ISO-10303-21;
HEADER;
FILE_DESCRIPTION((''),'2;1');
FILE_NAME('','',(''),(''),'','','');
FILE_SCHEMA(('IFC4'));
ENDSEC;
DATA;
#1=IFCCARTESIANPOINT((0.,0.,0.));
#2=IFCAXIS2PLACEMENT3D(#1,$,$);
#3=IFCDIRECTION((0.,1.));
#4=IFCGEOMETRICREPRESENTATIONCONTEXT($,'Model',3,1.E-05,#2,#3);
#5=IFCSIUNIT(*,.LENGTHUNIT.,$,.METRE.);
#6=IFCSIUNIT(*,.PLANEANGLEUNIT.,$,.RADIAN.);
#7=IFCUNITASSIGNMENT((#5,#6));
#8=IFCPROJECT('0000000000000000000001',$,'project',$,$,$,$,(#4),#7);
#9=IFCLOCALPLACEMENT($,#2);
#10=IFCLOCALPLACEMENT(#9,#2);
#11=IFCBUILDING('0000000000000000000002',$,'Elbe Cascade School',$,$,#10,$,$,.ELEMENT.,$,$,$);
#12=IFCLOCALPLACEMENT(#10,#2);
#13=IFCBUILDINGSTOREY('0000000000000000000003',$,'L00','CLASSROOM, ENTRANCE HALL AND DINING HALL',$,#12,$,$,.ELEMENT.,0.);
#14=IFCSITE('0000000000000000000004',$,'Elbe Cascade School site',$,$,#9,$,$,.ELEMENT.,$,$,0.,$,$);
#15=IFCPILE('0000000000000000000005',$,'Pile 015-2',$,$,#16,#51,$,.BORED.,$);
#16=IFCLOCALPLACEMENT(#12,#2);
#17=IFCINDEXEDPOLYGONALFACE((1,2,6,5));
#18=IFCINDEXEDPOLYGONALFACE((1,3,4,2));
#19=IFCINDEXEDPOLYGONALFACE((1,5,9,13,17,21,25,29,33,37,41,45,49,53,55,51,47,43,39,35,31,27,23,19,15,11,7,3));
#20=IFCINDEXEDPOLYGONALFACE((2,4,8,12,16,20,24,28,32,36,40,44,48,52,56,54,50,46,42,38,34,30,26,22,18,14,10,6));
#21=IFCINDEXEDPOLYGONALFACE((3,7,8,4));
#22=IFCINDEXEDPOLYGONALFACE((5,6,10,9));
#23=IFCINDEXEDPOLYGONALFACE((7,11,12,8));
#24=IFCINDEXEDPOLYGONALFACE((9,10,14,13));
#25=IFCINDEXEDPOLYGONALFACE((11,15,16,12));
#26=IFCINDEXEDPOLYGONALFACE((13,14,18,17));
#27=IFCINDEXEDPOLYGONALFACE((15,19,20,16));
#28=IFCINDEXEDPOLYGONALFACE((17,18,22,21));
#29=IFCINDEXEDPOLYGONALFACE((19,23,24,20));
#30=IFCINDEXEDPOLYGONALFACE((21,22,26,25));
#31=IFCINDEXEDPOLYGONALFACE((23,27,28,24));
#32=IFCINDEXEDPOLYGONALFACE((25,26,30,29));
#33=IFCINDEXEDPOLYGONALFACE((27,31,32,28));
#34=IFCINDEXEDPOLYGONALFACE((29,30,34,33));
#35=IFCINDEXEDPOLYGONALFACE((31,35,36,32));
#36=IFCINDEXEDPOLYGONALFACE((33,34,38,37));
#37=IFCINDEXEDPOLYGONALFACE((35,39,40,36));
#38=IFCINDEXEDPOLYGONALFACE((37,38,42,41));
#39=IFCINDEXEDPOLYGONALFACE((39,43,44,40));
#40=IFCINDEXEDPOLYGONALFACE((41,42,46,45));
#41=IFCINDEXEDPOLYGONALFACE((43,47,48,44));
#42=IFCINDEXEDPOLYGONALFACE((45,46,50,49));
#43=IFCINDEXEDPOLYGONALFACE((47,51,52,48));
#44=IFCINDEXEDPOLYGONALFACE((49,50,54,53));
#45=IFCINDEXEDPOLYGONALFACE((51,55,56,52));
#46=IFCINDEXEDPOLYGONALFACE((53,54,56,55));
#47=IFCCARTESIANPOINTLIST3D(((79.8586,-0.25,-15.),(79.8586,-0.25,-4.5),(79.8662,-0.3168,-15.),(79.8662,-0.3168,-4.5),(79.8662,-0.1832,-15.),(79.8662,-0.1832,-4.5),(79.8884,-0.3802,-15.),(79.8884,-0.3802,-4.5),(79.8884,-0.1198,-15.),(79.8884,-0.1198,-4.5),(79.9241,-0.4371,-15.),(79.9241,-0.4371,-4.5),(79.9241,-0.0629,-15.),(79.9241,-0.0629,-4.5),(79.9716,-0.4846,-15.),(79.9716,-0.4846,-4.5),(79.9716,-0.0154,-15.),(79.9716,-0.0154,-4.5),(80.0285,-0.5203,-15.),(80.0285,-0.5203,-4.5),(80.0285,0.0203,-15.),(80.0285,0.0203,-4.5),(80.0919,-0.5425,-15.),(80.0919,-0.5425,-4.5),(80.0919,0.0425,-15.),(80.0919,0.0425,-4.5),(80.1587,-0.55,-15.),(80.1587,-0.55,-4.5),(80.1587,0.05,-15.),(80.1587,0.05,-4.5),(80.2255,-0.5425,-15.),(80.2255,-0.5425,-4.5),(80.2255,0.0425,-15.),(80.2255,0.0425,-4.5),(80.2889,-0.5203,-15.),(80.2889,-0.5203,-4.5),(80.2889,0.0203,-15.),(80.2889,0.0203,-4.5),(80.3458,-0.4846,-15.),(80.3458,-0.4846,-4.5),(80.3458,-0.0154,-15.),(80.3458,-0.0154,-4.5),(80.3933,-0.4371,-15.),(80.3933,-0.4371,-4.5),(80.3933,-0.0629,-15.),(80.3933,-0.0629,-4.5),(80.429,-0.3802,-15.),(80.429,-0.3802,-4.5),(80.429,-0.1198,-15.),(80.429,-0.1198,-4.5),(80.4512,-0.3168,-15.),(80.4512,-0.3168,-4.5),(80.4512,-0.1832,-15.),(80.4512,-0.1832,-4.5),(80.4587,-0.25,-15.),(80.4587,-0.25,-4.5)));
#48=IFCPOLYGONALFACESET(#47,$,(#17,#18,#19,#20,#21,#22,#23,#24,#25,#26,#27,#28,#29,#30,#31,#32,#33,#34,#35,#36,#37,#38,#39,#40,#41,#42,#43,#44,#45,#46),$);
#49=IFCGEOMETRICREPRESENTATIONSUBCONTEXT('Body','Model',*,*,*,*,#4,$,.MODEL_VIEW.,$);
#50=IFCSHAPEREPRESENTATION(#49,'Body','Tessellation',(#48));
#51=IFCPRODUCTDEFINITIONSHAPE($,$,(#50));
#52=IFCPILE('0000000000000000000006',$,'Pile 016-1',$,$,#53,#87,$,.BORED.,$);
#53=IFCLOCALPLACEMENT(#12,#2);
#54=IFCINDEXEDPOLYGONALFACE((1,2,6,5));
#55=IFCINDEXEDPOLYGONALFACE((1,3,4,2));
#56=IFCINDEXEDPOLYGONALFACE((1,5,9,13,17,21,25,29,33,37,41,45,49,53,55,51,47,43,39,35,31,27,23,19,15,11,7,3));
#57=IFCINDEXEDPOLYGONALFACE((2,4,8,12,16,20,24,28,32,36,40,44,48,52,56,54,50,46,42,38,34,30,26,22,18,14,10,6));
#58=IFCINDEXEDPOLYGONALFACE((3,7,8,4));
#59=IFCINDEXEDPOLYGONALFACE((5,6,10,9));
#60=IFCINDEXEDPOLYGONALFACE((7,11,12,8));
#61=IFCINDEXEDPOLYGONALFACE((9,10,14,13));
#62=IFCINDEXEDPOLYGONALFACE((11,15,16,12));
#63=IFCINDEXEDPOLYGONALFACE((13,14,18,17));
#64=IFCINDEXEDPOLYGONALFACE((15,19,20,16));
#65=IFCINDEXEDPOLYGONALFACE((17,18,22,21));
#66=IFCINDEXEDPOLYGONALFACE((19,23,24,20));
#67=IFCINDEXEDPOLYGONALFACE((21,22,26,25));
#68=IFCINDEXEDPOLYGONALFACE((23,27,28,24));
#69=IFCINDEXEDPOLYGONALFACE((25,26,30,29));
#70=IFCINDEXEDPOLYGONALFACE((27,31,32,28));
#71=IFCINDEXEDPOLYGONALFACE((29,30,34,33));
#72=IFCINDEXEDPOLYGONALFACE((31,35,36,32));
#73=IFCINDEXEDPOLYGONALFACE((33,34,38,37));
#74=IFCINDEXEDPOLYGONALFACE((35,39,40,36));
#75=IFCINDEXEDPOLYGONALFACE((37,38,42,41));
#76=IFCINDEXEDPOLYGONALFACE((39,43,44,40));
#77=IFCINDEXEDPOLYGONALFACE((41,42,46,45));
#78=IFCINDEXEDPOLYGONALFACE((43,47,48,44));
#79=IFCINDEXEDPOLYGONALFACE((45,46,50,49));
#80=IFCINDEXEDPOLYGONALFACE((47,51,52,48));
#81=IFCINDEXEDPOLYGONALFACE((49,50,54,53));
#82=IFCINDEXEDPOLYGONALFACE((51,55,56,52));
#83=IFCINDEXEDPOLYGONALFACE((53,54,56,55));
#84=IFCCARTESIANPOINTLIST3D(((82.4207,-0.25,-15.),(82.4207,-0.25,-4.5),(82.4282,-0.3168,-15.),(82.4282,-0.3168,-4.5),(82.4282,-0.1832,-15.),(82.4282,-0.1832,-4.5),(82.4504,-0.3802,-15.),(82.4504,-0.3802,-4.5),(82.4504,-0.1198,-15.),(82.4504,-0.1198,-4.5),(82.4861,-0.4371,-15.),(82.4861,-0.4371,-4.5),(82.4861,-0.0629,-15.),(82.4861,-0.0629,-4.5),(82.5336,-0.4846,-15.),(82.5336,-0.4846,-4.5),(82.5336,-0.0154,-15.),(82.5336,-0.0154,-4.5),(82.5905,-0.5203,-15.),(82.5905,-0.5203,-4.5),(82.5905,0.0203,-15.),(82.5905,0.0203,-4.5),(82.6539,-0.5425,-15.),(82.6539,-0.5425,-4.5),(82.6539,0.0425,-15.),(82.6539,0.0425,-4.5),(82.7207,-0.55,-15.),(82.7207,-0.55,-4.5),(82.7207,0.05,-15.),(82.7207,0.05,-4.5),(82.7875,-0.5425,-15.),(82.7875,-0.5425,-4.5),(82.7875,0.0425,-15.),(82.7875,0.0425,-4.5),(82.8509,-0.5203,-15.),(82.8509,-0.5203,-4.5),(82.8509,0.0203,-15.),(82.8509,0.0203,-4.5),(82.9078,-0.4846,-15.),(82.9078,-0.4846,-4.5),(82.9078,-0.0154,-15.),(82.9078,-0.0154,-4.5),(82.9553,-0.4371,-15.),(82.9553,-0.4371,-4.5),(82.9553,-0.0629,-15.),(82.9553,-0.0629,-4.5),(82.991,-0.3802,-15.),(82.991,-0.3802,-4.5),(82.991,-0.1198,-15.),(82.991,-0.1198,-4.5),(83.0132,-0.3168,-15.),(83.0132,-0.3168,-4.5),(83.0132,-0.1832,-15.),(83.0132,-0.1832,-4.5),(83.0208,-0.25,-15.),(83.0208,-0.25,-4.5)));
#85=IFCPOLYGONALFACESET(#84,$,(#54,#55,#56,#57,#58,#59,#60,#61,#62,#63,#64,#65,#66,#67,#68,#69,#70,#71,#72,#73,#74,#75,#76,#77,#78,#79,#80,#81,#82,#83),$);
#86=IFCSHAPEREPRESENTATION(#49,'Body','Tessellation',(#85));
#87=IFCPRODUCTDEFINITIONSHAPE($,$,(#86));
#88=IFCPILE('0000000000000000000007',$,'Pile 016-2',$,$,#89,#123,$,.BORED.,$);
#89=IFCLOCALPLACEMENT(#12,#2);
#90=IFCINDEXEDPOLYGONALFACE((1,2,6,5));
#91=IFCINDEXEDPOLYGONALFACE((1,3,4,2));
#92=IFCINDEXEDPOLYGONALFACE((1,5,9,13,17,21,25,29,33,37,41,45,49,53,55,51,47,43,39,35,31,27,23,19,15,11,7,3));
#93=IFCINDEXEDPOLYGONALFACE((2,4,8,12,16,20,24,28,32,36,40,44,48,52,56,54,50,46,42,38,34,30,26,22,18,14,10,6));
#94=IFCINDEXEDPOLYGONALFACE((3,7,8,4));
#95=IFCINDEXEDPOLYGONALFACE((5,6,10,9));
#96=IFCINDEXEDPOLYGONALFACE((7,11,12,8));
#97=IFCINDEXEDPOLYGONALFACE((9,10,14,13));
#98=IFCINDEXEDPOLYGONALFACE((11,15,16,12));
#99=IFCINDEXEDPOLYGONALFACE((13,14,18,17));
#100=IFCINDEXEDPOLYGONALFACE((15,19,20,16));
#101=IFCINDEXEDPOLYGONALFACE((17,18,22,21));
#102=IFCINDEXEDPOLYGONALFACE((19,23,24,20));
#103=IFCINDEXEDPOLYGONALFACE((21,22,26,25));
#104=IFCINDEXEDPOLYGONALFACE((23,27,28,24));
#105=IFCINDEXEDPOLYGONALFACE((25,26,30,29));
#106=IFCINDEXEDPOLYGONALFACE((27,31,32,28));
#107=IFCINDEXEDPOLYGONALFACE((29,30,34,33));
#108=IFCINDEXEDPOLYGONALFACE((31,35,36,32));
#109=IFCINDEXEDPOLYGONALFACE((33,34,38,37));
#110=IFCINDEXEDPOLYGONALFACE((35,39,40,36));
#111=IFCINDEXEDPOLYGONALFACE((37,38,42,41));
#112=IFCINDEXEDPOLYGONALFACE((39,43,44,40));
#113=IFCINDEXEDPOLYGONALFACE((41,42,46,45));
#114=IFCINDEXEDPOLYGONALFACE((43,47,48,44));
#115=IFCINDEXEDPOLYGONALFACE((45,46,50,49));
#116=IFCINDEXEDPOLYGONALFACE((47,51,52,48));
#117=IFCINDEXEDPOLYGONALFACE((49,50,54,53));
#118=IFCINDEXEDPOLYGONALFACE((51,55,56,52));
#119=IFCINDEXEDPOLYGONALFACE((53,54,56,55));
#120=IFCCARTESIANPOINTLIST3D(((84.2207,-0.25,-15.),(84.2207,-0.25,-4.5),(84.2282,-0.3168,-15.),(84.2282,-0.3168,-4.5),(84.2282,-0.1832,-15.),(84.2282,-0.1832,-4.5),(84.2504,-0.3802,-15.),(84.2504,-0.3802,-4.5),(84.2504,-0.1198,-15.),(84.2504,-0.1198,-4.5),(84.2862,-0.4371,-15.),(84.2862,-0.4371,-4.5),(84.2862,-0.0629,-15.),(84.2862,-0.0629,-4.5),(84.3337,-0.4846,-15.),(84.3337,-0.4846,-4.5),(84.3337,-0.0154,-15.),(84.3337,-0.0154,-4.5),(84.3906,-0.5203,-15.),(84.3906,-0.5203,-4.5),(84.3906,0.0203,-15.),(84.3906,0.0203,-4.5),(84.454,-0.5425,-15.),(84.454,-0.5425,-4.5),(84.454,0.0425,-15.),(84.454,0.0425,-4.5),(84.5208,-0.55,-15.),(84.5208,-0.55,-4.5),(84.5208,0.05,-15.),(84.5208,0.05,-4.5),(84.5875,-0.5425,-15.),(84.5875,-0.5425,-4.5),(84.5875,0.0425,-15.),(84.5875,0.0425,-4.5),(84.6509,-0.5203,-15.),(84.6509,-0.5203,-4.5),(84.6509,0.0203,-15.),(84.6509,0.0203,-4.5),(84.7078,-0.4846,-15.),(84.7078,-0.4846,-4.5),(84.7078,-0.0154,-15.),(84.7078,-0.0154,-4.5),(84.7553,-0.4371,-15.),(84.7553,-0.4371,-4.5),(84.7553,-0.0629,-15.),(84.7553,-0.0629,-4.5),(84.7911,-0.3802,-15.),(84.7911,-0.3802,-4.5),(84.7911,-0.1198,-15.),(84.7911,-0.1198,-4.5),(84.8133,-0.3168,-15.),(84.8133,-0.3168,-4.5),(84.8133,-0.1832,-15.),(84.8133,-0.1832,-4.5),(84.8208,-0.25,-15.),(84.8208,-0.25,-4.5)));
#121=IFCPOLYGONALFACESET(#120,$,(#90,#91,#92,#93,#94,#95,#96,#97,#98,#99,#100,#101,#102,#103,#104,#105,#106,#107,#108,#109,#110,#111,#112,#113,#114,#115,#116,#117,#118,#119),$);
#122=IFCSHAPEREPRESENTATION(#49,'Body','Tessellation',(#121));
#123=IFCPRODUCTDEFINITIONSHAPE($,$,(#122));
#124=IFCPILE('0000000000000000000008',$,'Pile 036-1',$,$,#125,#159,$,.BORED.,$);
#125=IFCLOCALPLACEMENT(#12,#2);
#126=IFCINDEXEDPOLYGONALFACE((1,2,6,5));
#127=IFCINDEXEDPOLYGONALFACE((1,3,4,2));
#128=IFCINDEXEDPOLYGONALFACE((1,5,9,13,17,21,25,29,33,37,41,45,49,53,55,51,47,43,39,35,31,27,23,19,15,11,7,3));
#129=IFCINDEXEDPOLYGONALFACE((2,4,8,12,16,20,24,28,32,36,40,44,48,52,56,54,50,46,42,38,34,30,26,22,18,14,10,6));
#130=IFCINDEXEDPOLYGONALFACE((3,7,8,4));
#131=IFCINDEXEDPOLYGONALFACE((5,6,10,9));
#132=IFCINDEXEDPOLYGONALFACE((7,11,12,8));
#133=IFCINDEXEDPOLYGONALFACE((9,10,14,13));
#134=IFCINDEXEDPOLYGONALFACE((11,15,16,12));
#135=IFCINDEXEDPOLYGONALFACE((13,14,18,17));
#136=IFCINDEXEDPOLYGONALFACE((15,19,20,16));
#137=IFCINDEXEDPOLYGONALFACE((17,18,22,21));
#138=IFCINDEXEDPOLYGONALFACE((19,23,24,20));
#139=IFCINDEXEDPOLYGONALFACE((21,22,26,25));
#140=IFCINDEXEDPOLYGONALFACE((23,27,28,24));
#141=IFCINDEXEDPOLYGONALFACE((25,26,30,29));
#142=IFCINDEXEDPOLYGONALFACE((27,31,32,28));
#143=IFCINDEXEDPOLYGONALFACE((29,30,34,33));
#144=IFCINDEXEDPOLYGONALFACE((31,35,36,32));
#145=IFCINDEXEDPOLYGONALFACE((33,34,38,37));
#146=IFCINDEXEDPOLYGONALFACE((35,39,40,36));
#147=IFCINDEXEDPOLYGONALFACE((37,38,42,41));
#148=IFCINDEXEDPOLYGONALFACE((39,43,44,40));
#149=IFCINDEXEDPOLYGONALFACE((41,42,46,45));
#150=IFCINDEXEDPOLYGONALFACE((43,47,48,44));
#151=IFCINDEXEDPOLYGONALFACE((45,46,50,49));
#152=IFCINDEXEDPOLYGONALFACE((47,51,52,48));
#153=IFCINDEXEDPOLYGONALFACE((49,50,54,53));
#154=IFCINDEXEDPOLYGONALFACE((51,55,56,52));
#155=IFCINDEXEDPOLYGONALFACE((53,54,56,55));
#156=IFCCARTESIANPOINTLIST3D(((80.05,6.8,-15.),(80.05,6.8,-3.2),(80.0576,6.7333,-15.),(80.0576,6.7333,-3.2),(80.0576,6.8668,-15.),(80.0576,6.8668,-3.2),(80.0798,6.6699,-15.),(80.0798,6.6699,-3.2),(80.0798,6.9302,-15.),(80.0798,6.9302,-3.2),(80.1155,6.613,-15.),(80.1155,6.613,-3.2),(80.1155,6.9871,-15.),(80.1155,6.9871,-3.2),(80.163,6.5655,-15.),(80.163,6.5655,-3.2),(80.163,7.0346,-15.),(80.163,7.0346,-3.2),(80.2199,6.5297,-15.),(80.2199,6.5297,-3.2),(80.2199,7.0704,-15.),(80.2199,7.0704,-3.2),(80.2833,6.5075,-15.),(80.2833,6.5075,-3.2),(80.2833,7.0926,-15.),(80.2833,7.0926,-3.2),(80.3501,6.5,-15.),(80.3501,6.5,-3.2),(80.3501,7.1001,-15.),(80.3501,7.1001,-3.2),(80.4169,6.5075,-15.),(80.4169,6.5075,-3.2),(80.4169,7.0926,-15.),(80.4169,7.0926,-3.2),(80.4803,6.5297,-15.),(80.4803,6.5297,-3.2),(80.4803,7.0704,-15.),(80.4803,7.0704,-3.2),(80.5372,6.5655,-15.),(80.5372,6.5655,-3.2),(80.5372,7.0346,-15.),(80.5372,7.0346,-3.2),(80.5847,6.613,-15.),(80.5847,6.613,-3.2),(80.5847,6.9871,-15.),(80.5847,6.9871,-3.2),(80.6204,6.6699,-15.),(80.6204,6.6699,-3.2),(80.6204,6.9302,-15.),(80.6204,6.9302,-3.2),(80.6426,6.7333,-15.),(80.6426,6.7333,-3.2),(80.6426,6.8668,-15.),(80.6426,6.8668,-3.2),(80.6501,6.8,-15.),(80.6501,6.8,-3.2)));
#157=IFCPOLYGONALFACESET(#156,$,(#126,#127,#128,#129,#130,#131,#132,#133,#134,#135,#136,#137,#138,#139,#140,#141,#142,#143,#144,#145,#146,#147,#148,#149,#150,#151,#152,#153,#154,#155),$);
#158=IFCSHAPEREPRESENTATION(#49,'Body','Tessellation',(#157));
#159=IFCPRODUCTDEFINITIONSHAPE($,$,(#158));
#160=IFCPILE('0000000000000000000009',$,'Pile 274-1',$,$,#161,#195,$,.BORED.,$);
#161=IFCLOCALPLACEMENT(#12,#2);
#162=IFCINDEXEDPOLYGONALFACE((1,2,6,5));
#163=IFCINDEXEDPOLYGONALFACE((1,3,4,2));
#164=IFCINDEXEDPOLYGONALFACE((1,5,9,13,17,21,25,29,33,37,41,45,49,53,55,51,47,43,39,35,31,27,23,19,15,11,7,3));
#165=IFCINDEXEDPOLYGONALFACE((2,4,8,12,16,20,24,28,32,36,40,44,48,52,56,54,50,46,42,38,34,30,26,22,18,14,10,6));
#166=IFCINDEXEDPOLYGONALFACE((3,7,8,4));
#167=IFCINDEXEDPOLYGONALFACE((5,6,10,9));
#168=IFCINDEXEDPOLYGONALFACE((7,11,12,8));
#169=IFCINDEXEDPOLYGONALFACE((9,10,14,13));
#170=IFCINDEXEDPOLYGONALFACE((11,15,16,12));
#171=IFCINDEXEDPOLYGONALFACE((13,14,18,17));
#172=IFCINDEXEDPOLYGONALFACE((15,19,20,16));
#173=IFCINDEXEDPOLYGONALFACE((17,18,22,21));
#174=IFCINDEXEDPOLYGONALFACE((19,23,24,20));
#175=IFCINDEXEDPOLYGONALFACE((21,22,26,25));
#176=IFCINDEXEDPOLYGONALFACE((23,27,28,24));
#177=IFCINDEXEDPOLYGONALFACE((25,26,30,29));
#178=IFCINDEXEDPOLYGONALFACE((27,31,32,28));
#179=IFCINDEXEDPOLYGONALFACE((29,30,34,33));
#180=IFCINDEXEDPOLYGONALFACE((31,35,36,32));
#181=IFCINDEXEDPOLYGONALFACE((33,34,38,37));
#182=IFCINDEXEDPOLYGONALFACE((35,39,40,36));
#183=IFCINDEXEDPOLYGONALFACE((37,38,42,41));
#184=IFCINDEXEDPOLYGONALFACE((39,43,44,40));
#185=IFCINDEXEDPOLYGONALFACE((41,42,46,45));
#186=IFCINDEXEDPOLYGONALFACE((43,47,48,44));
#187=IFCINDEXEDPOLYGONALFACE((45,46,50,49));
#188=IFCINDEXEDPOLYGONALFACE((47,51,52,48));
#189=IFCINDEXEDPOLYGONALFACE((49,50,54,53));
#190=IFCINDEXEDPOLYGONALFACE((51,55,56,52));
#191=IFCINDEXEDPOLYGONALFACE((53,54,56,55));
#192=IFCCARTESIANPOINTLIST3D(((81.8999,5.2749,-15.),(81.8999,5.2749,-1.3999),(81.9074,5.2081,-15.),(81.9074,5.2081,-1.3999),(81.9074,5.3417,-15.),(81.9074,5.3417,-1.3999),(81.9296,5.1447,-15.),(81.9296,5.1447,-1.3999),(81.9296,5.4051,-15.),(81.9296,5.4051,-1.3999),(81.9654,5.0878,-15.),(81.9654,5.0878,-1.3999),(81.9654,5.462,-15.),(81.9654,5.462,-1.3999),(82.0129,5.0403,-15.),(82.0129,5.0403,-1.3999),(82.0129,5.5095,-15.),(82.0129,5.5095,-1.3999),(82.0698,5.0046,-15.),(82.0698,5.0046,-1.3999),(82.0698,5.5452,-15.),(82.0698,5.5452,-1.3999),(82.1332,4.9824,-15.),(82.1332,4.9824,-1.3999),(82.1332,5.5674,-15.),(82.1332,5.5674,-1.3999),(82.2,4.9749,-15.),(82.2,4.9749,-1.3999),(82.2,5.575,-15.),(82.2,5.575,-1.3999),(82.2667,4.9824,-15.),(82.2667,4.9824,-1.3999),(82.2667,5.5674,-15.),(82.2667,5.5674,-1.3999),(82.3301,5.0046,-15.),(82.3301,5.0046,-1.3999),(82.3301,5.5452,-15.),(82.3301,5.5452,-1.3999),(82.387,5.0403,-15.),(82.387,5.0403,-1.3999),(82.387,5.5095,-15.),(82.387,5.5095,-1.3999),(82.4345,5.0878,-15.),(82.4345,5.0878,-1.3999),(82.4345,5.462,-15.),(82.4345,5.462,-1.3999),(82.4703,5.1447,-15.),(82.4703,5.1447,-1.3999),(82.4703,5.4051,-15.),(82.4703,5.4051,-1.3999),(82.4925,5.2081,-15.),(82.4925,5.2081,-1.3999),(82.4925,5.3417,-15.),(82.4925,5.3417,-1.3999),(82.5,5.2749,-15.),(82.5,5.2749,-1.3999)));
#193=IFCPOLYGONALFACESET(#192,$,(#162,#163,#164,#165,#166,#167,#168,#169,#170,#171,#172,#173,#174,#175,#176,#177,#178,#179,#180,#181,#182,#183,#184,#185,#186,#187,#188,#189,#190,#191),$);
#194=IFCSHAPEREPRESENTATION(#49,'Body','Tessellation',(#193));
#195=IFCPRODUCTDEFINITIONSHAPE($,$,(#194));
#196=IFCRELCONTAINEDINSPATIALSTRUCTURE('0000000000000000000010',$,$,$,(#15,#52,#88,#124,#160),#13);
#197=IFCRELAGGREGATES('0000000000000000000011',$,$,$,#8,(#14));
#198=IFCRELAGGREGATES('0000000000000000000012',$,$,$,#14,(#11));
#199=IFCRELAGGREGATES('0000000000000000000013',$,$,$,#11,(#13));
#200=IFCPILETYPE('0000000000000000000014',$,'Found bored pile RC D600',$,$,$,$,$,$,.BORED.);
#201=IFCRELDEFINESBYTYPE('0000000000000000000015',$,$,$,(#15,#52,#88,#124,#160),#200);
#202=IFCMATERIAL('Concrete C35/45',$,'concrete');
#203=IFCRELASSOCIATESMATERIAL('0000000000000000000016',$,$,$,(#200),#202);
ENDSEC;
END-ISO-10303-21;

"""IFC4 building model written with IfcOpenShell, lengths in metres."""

from ifc_helpers import new_model, si_unit, direction, frame, origin, origin_2d, place, context, subcontext, project, spatial, circle, extrude, material, material_profile, profile_set, type_object, element, save


model = new_model("IFC4")

# Units and contexts
model_context = context("Model", 3, precision=1e-05, world=origin(), true_north=direction((0.0, 1.0)))
body_context = subcontext(model_context, "Body", "Model", "MODEL_VIEW")
ifc_project = project(units=[si_unit("LENGTHUNIT", "METRE"), si_unit("PLANEANGLEUNIT", "RADIAN")], contexts=[model_context])

# Site, building, storey
site_placement = place(None, origin())
site = spatial("IfcSite", under=ifc_project, at=site_placement, Name="Elbe Cascade School site", CompositionType="ELEMENT", RefElevation=0.0)
building_placement = place(site_placement, origin())
building = spatial("IfcBuilding", under=site, at=building_placement, Name="Elbe Cascade School", CompositionType="ELEMENT")
storey_placement = place(building_placement, origin())
storey = spatial("IfcBuildingStorey", under=building, at=storey_placement, Name="L00", Description="CLASSROOM, ENTRANCE HALL AND DINING HALL", CompositionType="ELEMENT", Elevation=0.0)

# Piles
ifc_material_1 = material(Name="Concrete C35/45", Category="concrete")
ifc_material_profile_1 = material_profile(ifc_material_1, circle(Radius=0.3, at=origin_2d()), Name="RC D600")
ifc_profile_set_1 = profile_set([ifc_material_profile_1], Name="Concrete C35/45")
pile_type = type_object("IfcPileType", Name="Found bored pile RC D600", PredefinedType="BORED", material=ifc_profile_set_1)
for number, where, z_axis, x_axis, name in (
    (1, (80.1587, -0.25, -4.5), (0.0, 0.0, -1.0), (1.0, 0.0, 0.0), "Pile 015-2"),
    (2, (82.7207, -0.25, -4.5), (0.0, 0.0, -1.0), (1.0, 0.0, 0.0), "Pile 016-1"),
    (3, (84.5208, -0.25, -4.5), (0.0, 0.0, -1.0), (1.0, 0.0, 0.0), "Pile 016-2"),
):
    element("IfcPile", number, at=place(storey_placement, frame(where, z_axis=z_axis, x_axis=x_axis)), inside=storey, type_object=pile_type, Name=name, PredefinedType="BORED", context=body_context, shape_type="SweptSolid", body=[
        extrude(circle(Radius=0.3, at=origin_2d()), origin(), (0.0, 0.0, 1.0), 10.5),
    ])
pile_placement = place(storey_placement, frame((80.3501, 6.8, -3.2), z_axis=(0.0, 0.0, -1.0), x_axis=(1.0, 0.0, 0.0)))
element("IfcPile", 4, at=pile_placement, inside=storey, type_object=pile_type, Name="Pile 036-1", PredefinedType="BORED", context=body_context, shape_type="SweptSolid", body=[
    extrude(circle(Radius=0.3, at=origin_2d()), origin(), (0.0, 0.0, 1.0), 11.8),
])
for number, where, z_axis, x_axis, name in (
    (5, (82.2, 5.2749, -1.3999), (0.0, 0.0, -1.0), (1.0, 0.0, 0.0), "Pile 274-1"),
):
    element("IfcPile", number, at=place(storey_placement, frame(where, z_axis=z_axis, x_axis=x_axis)), inside=storey, type_object=pile_type, Name=name, PredefinedType="BORED", context=body_context, shape_type="SweptSolid", body=[
        extrude(circle(Radius=0.3, at=origin_2d()), origin(), (0.0, 0.0, 1.0), 13.6001),
    ])

save(model, "model.ifc")
